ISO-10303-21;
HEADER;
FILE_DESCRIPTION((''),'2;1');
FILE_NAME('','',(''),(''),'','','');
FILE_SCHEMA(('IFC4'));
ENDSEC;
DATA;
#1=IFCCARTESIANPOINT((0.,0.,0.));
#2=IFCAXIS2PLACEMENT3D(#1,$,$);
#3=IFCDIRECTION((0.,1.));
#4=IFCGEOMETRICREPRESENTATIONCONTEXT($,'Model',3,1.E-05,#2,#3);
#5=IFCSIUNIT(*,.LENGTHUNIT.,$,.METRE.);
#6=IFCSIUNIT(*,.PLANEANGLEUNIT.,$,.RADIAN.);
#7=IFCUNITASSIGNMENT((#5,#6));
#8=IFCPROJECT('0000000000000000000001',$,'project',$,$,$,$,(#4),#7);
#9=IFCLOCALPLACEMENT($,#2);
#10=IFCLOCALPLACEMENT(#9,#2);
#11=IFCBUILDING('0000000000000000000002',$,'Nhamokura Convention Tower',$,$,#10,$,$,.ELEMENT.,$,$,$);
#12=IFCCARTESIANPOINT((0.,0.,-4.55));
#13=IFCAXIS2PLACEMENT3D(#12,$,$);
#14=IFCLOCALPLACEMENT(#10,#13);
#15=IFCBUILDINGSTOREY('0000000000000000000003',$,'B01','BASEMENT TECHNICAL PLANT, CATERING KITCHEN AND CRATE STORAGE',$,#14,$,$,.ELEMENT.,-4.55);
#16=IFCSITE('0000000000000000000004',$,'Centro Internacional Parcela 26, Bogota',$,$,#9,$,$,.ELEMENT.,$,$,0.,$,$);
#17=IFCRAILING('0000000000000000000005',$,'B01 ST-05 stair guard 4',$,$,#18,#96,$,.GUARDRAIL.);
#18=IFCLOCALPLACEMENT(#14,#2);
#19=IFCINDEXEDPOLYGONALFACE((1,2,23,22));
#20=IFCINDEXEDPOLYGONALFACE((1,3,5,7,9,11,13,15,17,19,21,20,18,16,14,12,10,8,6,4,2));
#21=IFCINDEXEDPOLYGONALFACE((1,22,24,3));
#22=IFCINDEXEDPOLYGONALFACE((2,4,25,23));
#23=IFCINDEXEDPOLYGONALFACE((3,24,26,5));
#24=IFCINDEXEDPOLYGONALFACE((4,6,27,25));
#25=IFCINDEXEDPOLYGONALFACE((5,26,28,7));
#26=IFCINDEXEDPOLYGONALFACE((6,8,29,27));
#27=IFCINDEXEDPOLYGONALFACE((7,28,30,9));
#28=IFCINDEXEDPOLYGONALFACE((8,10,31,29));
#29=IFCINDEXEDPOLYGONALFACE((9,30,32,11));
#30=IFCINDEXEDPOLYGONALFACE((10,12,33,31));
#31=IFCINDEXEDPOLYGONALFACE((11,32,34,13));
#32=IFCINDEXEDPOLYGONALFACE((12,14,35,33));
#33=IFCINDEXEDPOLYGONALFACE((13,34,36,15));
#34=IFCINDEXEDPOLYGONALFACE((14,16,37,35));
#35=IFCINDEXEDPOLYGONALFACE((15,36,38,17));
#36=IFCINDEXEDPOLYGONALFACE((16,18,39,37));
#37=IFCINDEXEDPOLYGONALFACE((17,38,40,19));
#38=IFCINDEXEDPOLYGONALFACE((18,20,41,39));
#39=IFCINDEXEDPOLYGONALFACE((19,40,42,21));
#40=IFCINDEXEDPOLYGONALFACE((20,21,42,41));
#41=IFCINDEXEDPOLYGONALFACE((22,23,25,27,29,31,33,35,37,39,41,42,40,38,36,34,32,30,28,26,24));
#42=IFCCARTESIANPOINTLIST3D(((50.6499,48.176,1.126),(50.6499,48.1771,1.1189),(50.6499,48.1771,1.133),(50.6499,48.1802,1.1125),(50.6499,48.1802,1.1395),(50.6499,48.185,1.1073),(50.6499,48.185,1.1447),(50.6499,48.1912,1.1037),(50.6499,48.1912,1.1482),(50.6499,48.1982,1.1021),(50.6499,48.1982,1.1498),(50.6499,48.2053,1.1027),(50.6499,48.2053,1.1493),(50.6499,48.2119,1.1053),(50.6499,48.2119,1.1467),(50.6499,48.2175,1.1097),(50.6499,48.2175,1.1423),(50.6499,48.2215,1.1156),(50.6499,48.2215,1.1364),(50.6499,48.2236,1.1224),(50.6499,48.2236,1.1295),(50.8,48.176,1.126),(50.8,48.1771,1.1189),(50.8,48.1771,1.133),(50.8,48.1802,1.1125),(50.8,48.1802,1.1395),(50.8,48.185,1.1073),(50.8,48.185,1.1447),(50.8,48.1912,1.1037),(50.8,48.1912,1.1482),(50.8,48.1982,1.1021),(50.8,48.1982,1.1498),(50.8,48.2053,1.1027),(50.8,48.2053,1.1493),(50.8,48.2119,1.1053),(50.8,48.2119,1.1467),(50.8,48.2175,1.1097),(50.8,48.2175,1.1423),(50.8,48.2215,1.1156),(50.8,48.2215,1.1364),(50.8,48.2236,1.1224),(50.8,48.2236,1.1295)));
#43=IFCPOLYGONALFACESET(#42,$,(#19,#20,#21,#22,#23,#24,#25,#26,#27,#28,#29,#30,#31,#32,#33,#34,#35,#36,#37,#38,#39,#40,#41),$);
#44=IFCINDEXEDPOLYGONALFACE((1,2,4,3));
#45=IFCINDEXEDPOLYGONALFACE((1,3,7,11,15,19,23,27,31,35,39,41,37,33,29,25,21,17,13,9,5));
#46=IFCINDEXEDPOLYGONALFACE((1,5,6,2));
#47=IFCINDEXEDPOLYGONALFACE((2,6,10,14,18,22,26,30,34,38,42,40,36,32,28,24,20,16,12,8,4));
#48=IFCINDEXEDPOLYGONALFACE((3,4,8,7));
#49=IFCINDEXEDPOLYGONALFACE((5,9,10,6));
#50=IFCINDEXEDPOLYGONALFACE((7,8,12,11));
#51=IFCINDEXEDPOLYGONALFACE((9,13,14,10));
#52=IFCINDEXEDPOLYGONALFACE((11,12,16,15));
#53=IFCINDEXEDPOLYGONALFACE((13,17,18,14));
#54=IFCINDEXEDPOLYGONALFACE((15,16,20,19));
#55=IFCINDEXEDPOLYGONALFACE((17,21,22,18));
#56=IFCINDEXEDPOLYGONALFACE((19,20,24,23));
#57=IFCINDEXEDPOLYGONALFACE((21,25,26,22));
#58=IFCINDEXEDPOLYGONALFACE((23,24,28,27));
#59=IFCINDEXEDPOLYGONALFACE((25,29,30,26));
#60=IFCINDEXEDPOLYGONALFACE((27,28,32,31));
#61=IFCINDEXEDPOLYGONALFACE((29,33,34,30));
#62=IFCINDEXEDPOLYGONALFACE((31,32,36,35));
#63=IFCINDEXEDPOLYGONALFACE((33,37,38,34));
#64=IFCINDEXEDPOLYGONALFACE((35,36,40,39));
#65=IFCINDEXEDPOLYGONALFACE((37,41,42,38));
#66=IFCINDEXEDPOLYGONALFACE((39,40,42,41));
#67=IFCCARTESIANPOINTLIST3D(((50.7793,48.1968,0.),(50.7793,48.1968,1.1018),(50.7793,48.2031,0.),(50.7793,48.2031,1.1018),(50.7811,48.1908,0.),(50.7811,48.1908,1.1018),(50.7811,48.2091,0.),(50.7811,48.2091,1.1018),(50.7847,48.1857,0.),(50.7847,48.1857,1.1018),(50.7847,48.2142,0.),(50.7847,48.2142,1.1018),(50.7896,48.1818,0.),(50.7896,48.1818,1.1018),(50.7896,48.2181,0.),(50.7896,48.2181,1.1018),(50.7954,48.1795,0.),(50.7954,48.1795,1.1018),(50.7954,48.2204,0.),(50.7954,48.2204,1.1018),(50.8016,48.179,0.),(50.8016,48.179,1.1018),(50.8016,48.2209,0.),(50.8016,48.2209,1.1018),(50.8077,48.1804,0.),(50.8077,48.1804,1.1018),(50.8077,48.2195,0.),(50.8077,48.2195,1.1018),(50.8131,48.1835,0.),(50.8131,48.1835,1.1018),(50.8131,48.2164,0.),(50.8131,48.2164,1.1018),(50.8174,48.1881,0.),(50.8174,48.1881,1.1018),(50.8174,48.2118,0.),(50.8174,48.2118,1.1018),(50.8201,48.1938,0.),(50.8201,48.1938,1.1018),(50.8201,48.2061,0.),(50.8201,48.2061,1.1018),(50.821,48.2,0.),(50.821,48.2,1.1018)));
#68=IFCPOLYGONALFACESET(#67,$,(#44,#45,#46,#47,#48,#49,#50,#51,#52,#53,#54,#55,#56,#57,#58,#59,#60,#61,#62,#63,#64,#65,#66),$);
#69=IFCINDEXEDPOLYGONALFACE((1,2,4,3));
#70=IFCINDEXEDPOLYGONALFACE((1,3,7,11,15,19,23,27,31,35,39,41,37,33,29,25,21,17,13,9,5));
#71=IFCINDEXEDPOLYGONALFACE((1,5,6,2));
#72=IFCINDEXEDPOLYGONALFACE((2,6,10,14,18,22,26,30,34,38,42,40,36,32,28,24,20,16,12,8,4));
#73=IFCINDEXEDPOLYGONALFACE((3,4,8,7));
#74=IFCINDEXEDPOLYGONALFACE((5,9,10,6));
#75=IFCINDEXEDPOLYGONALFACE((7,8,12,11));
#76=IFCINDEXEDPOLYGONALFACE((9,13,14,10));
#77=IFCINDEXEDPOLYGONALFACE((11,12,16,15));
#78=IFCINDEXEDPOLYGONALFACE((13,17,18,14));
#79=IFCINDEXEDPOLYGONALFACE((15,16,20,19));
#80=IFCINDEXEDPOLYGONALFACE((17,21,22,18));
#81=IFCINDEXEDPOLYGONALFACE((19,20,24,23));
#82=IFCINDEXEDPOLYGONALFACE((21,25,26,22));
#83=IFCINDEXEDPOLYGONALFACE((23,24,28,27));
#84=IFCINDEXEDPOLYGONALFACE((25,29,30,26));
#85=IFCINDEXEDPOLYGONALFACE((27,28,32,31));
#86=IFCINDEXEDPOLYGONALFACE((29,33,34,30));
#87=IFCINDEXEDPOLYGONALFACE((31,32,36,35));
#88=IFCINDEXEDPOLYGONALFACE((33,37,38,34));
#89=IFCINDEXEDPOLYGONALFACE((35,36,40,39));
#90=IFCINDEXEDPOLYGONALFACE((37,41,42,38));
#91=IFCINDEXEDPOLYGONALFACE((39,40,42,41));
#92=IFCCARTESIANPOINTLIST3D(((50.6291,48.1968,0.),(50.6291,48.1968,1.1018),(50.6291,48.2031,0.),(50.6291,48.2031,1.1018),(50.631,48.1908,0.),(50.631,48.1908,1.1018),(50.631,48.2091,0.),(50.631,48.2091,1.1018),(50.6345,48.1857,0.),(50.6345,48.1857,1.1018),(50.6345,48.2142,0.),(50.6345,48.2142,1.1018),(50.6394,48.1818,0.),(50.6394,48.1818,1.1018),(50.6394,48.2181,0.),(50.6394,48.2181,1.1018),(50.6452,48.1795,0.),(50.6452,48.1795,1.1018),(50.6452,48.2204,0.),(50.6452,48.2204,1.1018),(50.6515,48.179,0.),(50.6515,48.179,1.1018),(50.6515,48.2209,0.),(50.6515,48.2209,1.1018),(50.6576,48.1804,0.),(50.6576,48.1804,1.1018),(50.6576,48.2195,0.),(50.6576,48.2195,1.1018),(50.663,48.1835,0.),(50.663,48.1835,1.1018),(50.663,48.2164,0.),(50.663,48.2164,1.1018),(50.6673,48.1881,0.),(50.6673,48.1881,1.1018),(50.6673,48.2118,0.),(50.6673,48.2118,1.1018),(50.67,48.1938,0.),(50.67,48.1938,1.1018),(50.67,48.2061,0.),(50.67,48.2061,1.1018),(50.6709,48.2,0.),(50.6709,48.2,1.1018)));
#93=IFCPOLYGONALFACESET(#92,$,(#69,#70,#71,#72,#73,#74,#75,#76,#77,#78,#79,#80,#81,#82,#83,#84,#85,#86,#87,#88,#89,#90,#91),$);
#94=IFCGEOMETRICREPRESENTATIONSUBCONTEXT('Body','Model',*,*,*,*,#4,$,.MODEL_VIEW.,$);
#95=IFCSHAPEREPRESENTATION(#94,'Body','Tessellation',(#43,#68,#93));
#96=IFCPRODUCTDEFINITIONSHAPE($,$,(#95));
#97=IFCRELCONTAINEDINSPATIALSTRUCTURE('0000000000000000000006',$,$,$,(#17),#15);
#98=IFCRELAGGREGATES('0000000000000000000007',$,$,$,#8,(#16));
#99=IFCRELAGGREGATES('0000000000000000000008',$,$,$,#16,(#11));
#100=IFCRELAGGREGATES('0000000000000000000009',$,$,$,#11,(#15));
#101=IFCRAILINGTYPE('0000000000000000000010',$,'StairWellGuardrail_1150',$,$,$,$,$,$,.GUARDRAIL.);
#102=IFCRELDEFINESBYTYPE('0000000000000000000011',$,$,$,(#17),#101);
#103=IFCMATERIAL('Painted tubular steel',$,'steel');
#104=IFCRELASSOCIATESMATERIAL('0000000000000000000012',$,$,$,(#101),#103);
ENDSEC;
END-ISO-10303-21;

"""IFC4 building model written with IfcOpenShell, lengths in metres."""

from ifc_helpers import new_model, si_unit, direction, frame, origin, origin_2d, place, context, subcontext, project, spatial, circle, extrude, material, type_object, element, save


model = new_model("IFC4")

# Units and contexts
model_context = context("Model", 3, precision=1e-05, world=origin(), true_north=direction((0.0, 1.0)))
body_context = subcontext(model_context, "Body", "Model", "MODEL_VIEW")
ifc_project = project(units=[si_unit("LENGTHUNIT", "METRE"), si_unit("PLANEANGLEUNIT", "RADIAN")], contexts=[model_context])

# Site, building, storey
site_placement = place(None, origin())
site = spatial("IfcSite", under=ifc_project, at=site_placement, Name="Centro Internacional Parcela 26, Bogota", CompositionType="ELEMENT", RefElevation=0.0)
building_placement = place(site_placement, origin())
building = spatial("IfcBuilding", under=site, at=building_placement, Name="Nhamokura Convention Tower", CompositionType="ELEMENT")
storey_placement = place(building_placement, frame((0.0, 0.0, -4.55)))
storey = spatial("IfcBuildingStorey", under=building, at=storey_placement, Name="B01", Description="BASEMENT TECHNICAL PLANT, CATERING KITCHEN AND CRATE STORAGE", CompositionType="ELEMENT", Elevation=-4.55)

# Railing
ifc_material_1 = material(Name="Painted tubular steel", Category="steel")
railing_type_1 = type_object("IfcRailingType", Name="StairWellGuardrail_1150", PredefinedType="GUARDRAIL", material=ifc_material_1)
railing_1_placement = place(storey_placement, frame((50.8, 48.2, 0.0)))
element("IfcRailing", 1, at=railing_1_placement, inside=storey, type_object=railing_type_1, Name="B01 ST-05 stair guard 4", PredefinedType="GUARDRAIL", context=body_context, shape_type="SweptSolid", body=[
    extrude(circle(Radius=0.0239, at=origin_2d()), frame((0.0, 0.0, 1.126), z_axis=(-1.0, 0.0, 0.0), x_axis=(0.0, -1.0, 0.0)), (0.0, 0.0, 1.0), 0.1501),
    extrude(circle(Radius=0.021, at=origin_2d()), origin(), (0.0, 0.0, 1.0), 1.1018),
    extrude(circle(Radius=0.021, at=origin_2d()), frame((-0.1501, 0.0, 0.0)), (0.0, 0.0, 1.0), 1.1018),
])

save(model, "model.ifc")
